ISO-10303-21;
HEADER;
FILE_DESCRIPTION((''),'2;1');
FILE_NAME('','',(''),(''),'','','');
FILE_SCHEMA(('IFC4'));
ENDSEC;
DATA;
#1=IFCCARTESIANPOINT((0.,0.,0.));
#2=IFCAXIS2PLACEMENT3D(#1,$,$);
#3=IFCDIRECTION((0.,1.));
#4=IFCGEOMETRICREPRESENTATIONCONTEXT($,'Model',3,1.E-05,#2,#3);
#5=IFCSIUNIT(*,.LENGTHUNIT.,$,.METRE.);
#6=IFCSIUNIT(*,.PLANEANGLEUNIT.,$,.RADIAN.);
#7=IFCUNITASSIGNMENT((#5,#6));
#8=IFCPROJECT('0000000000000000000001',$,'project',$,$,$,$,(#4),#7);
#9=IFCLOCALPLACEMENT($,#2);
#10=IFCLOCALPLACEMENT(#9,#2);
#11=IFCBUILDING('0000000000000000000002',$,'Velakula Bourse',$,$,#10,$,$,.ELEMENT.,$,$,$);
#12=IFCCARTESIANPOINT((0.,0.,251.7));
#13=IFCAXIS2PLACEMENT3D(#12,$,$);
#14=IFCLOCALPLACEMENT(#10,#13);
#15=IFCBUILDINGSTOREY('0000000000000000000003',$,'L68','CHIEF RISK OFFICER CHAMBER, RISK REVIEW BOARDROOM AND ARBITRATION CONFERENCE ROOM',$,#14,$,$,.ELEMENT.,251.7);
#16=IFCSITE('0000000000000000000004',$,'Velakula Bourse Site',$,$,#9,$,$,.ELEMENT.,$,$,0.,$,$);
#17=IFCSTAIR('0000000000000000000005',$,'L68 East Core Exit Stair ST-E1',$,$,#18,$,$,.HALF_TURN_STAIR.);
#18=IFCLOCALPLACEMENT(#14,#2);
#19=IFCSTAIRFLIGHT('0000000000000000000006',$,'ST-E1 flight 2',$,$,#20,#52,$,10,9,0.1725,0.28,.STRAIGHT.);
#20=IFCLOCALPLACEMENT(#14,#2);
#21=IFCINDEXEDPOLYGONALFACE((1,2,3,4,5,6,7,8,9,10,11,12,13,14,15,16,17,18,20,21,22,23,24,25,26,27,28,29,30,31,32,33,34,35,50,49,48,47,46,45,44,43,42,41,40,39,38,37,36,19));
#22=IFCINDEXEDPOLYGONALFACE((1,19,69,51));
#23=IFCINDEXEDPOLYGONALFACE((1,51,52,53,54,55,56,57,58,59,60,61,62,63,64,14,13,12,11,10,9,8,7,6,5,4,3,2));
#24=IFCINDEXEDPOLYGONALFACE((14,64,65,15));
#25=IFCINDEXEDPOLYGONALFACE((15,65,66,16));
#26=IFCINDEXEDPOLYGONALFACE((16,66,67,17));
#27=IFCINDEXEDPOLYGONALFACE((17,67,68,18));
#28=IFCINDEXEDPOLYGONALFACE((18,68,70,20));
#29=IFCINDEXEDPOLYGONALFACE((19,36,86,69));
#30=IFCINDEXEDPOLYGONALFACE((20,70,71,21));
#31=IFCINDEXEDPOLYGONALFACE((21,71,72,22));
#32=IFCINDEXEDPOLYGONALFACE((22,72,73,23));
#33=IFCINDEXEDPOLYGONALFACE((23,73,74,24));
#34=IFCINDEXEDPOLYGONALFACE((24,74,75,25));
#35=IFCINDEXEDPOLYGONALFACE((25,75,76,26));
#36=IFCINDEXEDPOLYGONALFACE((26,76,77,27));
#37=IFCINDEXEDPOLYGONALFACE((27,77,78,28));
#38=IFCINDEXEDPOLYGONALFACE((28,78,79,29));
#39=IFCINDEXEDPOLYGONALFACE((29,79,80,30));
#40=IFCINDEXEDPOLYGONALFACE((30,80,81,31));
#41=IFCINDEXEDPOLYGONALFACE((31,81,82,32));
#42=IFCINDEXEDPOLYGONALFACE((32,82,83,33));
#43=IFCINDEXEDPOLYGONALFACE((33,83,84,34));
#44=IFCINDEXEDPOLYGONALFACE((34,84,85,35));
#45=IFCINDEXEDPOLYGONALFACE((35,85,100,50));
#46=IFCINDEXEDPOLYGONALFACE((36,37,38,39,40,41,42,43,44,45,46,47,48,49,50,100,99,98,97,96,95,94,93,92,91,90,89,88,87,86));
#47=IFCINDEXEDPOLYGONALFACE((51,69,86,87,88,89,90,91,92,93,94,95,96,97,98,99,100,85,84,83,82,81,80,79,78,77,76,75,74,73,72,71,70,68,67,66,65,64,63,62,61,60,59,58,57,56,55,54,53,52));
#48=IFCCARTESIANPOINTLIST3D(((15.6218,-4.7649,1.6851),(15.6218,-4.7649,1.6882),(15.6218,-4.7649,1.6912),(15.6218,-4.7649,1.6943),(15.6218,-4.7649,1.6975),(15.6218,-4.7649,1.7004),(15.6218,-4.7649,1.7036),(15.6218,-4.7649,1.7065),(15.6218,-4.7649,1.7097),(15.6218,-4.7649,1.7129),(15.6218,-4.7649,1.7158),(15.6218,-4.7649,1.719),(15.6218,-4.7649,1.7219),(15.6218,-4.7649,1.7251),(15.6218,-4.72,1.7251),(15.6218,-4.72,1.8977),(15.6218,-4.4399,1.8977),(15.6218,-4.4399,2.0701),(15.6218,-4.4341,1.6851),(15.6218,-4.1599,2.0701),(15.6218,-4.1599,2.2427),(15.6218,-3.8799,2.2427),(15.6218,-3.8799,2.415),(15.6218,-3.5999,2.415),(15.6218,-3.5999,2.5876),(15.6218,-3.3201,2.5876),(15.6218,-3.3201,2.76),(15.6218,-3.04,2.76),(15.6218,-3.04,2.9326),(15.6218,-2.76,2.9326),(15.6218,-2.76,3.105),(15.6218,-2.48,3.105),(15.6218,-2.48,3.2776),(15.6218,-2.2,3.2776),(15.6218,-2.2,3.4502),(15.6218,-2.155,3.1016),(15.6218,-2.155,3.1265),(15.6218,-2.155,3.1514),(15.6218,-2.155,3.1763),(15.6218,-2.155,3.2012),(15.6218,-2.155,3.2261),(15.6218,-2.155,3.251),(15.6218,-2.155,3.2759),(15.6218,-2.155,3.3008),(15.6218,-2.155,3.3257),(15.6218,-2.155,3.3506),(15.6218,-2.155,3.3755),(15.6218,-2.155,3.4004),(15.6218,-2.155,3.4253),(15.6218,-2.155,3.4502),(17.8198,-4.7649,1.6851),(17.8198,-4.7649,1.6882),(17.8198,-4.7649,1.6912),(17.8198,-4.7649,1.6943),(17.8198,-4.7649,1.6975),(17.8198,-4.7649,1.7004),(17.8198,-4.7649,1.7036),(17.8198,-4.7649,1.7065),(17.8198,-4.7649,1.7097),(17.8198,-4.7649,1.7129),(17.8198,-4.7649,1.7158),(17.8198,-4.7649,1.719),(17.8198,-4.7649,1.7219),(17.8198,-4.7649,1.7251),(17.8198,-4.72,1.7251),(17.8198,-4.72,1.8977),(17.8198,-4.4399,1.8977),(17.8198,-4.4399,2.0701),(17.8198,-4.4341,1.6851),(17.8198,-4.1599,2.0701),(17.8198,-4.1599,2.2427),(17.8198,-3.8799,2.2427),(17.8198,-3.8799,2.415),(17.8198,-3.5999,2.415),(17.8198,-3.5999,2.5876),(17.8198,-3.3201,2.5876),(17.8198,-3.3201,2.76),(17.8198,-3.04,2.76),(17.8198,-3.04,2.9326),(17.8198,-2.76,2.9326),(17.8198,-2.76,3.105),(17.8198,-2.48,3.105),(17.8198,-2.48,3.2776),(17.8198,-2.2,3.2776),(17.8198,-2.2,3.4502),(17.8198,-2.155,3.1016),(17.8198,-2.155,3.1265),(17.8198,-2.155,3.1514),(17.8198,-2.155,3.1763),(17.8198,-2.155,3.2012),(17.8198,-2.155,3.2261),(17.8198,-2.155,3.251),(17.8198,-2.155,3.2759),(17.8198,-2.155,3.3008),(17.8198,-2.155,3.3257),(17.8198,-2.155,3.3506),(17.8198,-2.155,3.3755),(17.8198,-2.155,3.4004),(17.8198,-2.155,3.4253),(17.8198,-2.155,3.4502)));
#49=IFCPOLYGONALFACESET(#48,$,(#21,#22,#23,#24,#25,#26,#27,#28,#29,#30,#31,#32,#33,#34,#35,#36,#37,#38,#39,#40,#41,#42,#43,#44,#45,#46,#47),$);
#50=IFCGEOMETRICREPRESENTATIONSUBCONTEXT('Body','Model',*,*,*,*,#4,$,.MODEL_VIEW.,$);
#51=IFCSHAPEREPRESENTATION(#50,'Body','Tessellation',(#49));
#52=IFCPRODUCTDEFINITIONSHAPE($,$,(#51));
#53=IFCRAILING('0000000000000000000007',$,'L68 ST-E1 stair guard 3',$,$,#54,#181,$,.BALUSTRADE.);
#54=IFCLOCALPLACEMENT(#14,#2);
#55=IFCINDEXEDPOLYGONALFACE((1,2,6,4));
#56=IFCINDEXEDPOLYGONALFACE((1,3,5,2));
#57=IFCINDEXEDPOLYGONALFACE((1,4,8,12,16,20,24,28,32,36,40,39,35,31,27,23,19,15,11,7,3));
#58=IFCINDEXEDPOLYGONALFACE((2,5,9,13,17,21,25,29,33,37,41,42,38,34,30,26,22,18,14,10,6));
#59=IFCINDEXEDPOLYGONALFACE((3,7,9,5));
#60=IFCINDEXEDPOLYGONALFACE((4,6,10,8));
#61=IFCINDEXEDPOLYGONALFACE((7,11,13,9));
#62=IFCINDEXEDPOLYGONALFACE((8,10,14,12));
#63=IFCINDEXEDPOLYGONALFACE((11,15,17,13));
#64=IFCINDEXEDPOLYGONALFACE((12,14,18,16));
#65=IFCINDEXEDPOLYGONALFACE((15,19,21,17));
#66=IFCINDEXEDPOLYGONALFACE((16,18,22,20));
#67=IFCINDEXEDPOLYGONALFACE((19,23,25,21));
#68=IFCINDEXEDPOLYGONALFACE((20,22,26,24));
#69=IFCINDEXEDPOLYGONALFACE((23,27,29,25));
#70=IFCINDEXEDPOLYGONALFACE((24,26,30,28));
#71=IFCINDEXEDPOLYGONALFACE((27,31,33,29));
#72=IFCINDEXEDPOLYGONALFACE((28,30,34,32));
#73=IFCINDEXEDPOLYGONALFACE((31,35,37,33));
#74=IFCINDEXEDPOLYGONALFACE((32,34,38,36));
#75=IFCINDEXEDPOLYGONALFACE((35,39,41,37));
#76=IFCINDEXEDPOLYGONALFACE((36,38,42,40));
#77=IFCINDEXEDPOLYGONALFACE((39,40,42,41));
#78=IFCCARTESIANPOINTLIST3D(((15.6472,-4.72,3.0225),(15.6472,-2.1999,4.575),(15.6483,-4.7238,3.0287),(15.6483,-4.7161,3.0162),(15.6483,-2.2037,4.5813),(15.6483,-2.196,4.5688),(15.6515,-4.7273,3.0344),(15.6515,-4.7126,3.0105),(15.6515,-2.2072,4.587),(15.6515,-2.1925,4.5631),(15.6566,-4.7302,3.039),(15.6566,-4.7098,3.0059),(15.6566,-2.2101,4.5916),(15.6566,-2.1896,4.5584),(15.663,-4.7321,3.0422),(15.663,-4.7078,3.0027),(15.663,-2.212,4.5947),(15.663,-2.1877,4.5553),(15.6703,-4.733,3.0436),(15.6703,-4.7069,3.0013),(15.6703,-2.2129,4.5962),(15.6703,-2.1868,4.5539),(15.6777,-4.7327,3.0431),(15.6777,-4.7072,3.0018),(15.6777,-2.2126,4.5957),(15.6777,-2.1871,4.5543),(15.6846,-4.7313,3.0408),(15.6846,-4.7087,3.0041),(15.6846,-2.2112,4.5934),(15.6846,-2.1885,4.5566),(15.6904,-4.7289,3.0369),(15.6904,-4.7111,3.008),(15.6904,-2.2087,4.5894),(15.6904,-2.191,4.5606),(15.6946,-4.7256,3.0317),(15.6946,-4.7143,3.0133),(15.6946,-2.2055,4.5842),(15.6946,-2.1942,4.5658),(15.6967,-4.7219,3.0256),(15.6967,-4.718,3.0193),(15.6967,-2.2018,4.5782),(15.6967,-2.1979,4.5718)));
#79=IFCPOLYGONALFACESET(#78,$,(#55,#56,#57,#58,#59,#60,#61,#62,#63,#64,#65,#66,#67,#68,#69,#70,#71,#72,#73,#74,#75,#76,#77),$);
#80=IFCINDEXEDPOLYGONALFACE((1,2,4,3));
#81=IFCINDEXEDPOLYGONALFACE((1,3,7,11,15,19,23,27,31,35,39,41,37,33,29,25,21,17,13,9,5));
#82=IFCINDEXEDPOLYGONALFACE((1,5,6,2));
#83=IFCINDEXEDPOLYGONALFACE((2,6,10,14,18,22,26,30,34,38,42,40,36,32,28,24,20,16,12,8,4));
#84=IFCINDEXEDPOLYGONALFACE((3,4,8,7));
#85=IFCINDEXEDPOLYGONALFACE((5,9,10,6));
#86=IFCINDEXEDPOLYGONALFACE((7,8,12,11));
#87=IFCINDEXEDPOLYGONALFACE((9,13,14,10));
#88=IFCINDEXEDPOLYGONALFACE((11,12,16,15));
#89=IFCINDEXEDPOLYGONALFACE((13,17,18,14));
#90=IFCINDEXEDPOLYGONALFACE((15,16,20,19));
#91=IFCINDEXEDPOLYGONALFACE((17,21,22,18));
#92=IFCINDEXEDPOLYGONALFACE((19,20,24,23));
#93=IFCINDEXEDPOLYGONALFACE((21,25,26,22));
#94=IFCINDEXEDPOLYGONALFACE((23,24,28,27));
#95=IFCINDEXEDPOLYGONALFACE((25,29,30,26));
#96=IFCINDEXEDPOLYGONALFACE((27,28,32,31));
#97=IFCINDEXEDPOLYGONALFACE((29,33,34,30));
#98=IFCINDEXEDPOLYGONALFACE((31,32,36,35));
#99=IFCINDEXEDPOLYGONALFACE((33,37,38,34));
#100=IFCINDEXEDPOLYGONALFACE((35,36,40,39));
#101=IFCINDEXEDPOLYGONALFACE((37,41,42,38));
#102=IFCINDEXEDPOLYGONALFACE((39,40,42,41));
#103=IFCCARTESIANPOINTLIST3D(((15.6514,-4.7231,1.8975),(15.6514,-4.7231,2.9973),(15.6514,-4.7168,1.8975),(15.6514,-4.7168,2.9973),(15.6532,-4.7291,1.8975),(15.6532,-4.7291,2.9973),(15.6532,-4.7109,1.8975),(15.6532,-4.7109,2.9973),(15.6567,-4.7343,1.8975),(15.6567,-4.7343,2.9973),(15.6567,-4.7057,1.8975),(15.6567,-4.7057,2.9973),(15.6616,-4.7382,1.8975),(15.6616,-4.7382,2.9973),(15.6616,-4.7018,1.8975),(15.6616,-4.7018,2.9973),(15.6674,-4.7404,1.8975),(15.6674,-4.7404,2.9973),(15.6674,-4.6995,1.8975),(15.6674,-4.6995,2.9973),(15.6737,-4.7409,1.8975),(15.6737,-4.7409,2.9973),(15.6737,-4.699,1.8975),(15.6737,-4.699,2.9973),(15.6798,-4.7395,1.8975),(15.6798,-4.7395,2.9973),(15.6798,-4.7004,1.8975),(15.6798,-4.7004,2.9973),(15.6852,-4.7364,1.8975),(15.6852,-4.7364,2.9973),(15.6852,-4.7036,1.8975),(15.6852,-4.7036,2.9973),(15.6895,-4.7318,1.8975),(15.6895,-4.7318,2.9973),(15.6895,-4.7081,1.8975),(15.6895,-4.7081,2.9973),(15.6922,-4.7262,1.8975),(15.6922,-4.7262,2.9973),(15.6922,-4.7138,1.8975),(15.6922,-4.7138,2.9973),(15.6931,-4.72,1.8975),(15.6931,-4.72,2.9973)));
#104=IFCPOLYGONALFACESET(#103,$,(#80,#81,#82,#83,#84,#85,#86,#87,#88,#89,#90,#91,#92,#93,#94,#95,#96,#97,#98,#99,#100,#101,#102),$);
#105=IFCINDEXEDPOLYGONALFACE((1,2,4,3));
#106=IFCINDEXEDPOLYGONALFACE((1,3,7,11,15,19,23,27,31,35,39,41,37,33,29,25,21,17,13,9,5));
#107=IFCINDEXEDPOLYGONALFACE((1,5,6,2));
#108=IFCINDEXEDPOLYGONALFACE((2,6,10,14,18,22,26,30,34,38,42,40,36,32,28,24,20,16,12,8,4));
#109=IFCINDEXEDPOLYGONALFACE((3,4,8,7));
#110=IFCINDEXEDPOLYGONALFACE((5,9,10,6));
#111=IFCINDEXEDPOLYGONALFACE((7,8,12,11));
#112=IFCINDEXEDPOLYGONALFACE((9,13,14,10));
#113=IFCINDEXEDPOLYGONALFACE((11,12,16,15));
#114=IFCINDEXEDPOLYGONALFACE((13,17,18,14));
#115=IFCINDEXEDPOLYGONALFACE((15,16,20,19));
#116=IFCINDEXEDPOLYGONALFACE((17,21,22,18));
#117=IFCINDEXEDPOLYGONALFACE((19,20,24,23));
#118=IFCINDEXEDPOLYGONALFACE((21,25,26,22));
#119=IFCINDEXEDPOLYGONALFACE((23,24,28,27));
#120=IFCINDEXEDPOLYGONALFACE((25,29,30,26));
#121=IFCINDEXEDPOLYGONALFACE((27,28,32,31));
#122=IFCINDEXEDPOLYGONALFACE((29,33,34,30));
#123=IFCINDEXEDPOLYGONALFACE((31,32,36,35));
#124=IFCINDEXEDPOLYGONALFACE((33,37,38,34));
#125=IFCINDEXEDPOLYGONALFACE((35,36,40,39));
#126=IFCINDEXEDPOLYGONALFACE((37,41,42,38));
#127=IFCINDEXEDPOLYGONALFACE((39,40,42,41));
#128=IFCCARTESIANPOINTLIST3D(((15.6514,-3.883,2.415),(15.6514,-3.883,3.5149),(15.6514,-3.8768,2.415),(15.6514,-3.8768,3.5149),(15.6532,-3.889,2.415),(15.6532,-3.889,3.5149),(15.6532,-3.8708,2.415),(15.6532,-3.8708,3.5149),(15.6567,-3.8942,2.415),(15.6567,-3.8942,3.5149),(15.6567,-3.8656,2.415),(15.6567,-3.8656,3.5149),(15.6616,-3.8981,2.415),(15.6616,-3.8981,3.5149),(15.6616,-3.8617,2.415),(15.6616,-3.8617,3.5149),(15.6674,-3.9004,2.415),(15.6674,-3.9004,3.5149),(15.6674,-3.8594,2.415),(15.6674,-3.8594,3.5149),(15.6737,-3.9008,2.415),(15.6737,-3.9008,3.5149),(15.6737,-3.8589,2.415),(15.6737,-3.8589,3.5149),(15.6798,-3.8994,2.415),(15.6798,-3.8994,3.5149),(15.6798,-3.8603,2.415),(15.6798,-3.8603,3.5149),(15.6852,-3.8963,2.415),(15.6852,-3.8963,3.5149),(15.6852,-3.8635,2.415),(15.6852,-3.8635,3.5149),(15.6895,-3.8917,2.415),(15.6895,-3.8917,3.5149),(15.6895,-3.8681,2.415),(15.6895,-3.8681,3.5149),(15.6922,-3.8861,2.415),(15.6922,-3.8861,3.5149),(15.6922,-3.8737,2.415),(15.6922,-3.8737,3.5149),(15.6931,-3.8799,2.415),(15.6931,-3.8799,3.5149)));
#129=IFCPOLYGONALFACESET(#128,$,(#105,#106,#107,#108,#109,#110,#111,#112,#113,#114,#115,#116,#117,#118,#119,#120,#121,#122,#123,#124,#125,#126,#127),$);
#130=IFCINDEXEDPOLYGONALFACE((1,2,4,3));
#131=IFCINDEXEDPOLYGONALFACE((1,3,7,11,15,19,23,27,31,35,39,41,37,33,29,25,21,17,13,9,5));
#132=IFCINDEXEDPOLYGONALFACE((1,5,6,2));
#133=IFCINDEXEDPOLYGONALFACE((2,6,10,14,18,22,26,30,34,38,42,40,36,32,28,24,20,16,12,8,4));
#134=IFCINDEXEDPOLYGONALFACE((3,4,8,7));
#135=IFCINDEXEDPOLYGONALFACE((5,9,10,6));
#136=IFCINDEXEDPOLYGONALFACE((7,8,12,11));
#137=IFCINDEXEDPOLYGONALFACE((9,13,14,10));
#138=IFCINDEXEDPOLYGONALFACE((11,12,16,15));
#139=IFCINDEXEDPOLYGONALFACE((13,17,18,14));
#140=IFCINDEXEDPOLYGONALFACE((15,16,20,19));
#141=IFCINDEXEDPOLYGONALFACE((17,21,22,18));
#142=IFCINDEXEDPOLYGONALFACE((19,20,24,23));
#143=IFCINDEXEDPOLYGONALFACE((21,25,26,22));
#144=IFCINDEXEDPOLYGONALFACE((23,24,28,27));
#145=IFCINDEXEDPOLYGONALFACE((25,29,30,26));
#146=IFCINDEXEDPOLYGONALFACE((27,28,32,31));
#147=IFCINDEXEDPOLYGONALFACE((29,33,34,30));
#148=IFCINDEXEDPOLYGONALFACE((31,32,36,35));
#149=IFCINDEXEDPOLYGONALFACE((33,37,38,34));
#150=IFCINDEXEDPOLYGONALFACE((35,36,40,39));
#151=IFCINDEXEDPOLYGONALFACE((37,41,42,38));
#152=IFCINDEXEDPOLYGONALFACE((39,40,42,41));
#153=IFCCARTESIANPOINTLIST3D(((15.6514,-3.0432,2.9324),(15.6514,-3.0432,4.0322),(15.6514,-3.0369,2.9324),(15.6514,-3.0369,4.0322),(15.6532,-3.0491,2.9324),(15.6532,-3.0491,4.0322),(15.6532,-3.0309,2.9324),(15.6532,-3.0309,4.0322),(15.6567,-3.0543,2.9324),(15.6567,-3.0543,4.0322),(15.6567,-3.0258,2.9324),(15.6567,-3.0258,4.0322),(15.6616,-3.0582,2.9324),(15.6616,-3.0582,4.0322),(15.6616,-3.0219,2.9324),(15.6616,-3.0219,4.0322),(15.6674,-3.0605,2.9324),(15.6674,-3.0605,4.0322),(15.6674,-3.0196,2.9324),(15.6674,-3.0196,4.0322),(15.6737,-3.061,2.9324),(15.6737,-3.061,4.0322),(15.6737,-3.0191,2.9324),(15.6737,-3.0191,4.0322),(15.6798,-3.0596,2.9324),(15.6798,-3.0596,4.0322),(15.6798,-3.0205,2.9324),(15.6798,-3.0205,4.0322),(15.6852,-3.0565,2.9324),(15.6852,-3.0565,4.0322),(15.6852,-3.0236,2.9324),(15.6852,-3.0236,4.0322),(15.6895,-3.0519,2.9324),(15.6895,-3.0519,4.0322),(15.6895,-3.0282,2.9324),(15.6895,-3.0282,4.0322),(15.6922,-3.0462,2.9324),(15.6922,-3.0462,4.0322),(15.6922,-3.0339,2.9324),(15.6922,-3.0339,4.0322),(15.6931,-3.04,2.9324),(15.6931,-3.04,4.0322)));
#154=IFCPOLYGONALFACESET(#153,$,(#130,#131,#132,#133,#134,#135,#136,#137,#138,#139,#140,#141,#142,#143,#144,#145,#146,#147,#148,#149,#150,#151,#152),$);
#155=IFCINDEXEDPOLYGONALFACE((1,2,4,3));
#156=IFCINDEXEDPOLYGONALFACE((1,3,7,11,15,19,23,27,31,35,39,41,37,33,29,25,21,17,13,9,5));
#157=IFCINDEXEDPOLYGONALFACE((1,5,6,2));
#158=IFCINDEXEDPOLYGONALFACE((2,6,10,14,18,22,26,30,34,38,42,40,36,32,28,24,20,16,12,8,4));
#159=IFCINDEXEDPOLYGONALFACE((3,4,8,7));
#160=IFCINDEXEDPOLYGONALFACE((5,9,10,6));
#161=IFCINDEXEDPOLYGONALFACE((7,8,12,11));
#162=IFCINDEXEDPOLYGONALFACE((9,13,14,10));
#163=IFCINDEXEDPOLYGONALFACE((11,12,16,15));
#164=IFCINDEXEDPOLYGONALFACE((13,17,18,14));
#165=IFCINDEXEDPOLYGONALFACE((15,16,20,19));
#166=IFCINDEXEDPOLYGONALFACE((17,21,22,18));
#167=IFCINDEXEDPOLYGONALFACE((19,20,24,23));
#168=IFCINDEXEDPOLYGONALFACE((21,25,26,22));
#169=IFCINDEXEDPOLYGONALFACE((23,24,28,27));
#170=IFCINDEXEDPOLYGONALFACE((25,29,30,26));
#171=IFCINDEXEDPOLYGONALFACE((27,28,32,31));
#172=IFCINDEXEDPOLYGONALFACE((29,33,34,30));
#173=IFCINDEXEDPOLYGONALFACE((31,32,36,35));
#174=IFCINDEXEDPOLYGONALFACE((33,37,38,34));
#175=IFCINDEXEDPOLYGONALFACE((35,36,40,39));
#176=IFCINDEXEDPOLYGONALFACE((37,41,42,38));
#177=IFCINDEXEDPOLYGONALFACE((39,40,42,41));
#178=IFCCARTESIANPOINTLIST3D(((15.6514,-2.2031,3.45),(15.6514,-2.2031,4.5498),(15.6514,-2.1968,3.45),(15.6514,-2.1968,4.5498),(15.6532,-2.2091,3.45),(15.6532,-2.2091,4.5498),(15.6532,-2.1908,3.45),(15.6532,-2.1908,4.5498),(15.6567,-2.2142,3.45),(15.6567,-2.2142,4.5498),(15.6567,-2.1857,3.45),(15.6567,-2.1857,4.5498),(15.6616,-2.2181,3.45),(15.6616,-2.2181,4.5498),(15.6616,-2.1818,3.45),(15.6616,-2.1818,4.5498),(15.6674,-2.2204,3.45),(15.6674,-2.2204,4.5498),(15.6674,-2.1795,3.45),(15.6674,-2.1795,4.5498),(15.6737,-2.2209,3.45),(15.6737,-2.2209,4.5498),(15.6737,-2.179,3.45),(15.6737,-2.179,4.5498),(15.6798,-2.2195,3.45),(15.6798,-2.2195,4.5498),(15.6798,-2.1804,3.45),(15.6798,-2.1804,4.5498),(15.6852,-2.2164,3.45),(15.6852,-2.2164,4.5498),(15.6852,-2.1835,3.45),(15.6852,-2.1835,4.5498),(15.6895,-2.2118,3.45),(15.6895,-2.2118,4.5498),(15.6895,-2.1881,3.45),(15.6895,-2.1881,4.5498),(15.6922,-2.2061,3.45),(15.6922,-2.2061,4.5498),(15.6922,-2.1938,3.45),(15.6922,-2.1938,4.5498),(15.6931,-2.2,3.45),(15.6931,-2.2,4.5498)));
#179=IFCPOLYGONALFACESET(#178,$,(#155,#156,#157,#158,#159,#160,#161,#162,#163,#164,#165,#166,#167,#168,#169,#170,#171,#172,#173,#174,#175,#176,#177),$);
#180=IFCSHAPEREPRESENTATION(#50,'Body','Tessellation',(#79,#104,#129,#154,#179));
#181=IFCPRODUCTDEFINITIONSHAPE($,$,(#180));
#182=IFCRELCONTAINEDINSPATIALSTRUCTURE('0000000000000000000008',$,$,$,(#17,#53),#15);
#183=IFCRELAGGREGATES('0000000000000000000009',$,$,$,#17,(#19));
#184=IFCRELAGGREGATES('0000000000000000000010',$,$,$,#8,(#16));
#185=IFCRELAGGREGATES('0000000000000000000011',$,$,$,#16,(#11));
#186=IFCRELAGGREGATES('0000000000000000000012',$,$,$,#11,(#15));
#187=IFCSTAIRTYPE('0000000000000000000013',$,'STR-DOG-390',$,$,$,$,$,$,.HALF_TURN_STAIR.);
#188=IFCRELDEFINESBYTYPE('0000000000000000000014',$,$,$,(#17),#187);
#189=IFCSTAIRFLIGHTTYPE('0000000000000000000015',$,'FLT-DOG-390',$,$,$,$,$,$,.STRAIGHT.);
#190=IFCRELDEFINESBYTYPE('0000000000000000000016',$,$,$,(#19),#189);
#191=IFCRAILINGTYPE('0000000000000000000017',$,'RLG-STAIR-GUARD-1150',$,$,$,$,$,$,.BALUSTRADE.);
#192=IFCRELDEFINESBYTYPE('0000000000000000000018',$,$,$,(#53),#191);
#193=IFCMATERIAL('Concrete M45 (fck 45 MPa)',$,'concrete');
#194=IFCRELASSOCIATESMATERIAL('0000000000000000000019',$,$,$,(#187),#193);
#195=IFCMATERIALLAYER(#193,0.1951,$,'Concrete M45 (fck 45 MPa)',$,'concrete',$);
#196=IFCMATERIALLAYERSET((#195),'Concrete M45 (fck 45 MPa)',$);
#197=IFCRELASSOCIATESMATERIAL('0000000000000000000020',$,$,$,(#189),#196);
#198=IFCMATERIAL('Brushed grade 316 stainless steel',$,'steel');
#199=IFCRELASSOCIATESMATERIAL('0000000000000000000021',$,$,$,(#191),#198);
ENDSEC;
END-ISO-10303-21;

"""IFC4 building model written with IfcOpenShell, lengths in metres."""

from ifc_helpers import new_model, si_unit, direction, frame, origin, origin_2d, place, context, subcontext, project, spatial, polyline, circle, outline, extrude, material, layer, layer_set, type_object, element, aggregate, save


model = new_model("IFC4")

# Units and contexts
model_context = context("Model", 3, precision=1e-05, world=origin(), true_north=direction((0.0, 1.0)))
body_context = subcontext(model_context, "Body", "Model", "MODEL_VIEW")
ifc_project = project(units=[si_unit("LENGTHUNIT", "METRE"), si_unit("PLANEANGLEUNIT", "RADIAN")], contexts=[model_context])

# Site, building, storey
site_placement = place(None, origin())
site = spatial("IfcSite", under=ifc_project, at=site_placement, Name="Velakula Bourse Site", CompositionType="ELEMENT", RefElevation=0.0)
building_placement = place(site_placement, origin())
building = spatial("IfcBuilding", under=site, at=building_placement, Name="Velakula Bourse", CompositionType="ELEMENT")
storey_placement = place(building_placement, frame((0.0, 0.0, 251.7)))
storey = spatial("IfcBuildingStorey", under=building, at=storey_placement, Name="L68", Description="CHIEF RISK OFFICER CHAMBER, RISK REVIEW BOARDROOM AND ARBITRATION CONFERENCE ROOM", CompositionType="ELEMENT", Elevation=251.7)

# Stair, stair flight
ifc_material_1 = material(Name="Concrete M45 (fck 45 MPa)", Category="concrete")
stair_type = type_object("IfcStairType", Name="STR-DOG-390", PredefinedType="HALF_TURN_STAIR", material=ifc_material_1)
stair_placement = place(storey_placement, origin())
stair = element("IfcStair", 1, at=stair_placement, inside=storey, type_object=stair_type, Name="L68 East Core Exit Stair ST-E1", PredefinedType="HALF_TURN_STAIR")
ifc_layer_1 = layer(ifc_material_1, 0.1951, Name="Concrete M45 (fck 45 MPa)", Category="concrete")
ifc_layer_set_1 = layer_set([ifc_layer_1], Name="Concrete M45 (fck 45 MPa)")
stair_flight_type = type_object("IfcStairFlightType", Name="FLT-DOG-390", PredefinedType="STRAIGHT", material=ifc_layer_set_1)
stair_flight_placement = place(storey_placement, frame((16.7209, -4.72, 1.7251), z_axis=(0.0, 0.0, 1.0), x_axis=(0.0, 1.0, 0.0)))
stair_flight = element("IfcStairFlight", 2, at=stair_flight_placement, type_object=stair_flight_type, Name="ST-E1 flight 2", NumberOfRisers=10, NumberOfTreads=9, PredefinedType="STRAIGHT", RiserHeight=0.1725, TreadLength=0.28, context=body_context, shape_type="SweptSolid", body=[
    extrude(outline(polyline([(-0.0449, -0.04), (-0.0449, -0.0369), (-0.0449, -0.0339), (-0.0449, -0.0308), (-0.0449, -0.0276), (-0.0449, -0.0247), (-0.0449, -0.0215), (-0.0449, -0.0186), (-0.0449, -0.0154), (-0.0449, -0.0122), (-0.0449, -0.0093), (-0.0449, -0.0061), (-0.0449, -0.0032), (-0.0449, 0.0), (0.0, 0.0), (0.0, 0.1726), (0.28, 0.1726), (0.28, 0.345), (0.5601, 0.345), (0.5601, 0.5176), (0.8401, 0.5176), (0.8401, 0.6899), (1.1201, 0.6899), (1.1201, 0.8625), (1.3999, 0.8625), (1.3999, 1.0349), (1.6799, 1.0349), (1.6799, 1.2075), (1.96, 1.2075), (1.96, 1.3799), (2.24, 1.3799), (2.24, 1.5525), (2.52, 1.5525), (2.52, 1.7251), (2.5649, 1.7251), (2.5649, 1.7002), (2.5649, 1.6753), (2.5649, 1.6504), (2.5649, 1.6255), (2.5649, 1.6006), (2.5649, 1.5757), (2.5649, 1.5508), (2.5649, 1.5259), (2.5649, 1.501), (2.5649, 1.4761), (2.5649, 1.4512), (2.5649, 1.4263), (2.5649, 1.4014), (2.5649, 1.3765), (0.2859, -0.04), (-0.0449, -0.04)])), frame((0.0, 1.0991, 0.0), z_axis=(0.0, -1.0, 0.0), x_axis=(1.0, 0.0, 0.0)), (0.0, 0.0, 1.0), 2.198),
])
aggregate(stair, [stair_flight])

# Railing
ifc_material_2 = material(Name="Brushed grade 316 stainless steel", Category="steel")
railing_type_1 = type_object("IfcRailingType", Name="RLG-STAIR-GUARD-1150", PredefinedType="BALUSTRADE", material=ifc_material_2)
railing_1_placement = place(storey_placement, frame((15.6721, -4.72, 1.8975)))
element("IfcRailing", 3, at=railing_1_placement, inside=storey, type_object=railing_type_1, Name="L68 ST-E1 stair guard 3", PredefinedType="BALUSTRADE", context=body_context, shape_type="SweptSolid", body=[
    extrude(circle(Radius=0.0249, at=origin_2d()), frame((0.0, 0.0, 1.125), z_axis=(0.0, 0.8514, 0.524516), x_axis=(-1.0, 0.0, 0.0)), (0.0, 0.0, 1.0), 2.96),
    extrude(circle(Radius=0.021, at=origin_2d()), origin(), (0.0, 0.0, 1.0), 1.0999),
    extrude(circle(Radius=0.021, at=origin_2d()), frame((0.0, 0.8401, 0.5176)), (0.0, 0.0, 1.0), 1.0999),
    extrude(circle(Radius=0.021, at=origin_2d()), frame((0.0, 1.6799, 1.0349)), (0.0, 0.0, 1.0), 1.0999),
    extrude(circle(Radius=0.021, at=origin_2d()), frame((0.0, 2.52, 1.5525)), (0.0, 0.0, 1.0), 1.0999),
])

save(model, "model.ifc")
